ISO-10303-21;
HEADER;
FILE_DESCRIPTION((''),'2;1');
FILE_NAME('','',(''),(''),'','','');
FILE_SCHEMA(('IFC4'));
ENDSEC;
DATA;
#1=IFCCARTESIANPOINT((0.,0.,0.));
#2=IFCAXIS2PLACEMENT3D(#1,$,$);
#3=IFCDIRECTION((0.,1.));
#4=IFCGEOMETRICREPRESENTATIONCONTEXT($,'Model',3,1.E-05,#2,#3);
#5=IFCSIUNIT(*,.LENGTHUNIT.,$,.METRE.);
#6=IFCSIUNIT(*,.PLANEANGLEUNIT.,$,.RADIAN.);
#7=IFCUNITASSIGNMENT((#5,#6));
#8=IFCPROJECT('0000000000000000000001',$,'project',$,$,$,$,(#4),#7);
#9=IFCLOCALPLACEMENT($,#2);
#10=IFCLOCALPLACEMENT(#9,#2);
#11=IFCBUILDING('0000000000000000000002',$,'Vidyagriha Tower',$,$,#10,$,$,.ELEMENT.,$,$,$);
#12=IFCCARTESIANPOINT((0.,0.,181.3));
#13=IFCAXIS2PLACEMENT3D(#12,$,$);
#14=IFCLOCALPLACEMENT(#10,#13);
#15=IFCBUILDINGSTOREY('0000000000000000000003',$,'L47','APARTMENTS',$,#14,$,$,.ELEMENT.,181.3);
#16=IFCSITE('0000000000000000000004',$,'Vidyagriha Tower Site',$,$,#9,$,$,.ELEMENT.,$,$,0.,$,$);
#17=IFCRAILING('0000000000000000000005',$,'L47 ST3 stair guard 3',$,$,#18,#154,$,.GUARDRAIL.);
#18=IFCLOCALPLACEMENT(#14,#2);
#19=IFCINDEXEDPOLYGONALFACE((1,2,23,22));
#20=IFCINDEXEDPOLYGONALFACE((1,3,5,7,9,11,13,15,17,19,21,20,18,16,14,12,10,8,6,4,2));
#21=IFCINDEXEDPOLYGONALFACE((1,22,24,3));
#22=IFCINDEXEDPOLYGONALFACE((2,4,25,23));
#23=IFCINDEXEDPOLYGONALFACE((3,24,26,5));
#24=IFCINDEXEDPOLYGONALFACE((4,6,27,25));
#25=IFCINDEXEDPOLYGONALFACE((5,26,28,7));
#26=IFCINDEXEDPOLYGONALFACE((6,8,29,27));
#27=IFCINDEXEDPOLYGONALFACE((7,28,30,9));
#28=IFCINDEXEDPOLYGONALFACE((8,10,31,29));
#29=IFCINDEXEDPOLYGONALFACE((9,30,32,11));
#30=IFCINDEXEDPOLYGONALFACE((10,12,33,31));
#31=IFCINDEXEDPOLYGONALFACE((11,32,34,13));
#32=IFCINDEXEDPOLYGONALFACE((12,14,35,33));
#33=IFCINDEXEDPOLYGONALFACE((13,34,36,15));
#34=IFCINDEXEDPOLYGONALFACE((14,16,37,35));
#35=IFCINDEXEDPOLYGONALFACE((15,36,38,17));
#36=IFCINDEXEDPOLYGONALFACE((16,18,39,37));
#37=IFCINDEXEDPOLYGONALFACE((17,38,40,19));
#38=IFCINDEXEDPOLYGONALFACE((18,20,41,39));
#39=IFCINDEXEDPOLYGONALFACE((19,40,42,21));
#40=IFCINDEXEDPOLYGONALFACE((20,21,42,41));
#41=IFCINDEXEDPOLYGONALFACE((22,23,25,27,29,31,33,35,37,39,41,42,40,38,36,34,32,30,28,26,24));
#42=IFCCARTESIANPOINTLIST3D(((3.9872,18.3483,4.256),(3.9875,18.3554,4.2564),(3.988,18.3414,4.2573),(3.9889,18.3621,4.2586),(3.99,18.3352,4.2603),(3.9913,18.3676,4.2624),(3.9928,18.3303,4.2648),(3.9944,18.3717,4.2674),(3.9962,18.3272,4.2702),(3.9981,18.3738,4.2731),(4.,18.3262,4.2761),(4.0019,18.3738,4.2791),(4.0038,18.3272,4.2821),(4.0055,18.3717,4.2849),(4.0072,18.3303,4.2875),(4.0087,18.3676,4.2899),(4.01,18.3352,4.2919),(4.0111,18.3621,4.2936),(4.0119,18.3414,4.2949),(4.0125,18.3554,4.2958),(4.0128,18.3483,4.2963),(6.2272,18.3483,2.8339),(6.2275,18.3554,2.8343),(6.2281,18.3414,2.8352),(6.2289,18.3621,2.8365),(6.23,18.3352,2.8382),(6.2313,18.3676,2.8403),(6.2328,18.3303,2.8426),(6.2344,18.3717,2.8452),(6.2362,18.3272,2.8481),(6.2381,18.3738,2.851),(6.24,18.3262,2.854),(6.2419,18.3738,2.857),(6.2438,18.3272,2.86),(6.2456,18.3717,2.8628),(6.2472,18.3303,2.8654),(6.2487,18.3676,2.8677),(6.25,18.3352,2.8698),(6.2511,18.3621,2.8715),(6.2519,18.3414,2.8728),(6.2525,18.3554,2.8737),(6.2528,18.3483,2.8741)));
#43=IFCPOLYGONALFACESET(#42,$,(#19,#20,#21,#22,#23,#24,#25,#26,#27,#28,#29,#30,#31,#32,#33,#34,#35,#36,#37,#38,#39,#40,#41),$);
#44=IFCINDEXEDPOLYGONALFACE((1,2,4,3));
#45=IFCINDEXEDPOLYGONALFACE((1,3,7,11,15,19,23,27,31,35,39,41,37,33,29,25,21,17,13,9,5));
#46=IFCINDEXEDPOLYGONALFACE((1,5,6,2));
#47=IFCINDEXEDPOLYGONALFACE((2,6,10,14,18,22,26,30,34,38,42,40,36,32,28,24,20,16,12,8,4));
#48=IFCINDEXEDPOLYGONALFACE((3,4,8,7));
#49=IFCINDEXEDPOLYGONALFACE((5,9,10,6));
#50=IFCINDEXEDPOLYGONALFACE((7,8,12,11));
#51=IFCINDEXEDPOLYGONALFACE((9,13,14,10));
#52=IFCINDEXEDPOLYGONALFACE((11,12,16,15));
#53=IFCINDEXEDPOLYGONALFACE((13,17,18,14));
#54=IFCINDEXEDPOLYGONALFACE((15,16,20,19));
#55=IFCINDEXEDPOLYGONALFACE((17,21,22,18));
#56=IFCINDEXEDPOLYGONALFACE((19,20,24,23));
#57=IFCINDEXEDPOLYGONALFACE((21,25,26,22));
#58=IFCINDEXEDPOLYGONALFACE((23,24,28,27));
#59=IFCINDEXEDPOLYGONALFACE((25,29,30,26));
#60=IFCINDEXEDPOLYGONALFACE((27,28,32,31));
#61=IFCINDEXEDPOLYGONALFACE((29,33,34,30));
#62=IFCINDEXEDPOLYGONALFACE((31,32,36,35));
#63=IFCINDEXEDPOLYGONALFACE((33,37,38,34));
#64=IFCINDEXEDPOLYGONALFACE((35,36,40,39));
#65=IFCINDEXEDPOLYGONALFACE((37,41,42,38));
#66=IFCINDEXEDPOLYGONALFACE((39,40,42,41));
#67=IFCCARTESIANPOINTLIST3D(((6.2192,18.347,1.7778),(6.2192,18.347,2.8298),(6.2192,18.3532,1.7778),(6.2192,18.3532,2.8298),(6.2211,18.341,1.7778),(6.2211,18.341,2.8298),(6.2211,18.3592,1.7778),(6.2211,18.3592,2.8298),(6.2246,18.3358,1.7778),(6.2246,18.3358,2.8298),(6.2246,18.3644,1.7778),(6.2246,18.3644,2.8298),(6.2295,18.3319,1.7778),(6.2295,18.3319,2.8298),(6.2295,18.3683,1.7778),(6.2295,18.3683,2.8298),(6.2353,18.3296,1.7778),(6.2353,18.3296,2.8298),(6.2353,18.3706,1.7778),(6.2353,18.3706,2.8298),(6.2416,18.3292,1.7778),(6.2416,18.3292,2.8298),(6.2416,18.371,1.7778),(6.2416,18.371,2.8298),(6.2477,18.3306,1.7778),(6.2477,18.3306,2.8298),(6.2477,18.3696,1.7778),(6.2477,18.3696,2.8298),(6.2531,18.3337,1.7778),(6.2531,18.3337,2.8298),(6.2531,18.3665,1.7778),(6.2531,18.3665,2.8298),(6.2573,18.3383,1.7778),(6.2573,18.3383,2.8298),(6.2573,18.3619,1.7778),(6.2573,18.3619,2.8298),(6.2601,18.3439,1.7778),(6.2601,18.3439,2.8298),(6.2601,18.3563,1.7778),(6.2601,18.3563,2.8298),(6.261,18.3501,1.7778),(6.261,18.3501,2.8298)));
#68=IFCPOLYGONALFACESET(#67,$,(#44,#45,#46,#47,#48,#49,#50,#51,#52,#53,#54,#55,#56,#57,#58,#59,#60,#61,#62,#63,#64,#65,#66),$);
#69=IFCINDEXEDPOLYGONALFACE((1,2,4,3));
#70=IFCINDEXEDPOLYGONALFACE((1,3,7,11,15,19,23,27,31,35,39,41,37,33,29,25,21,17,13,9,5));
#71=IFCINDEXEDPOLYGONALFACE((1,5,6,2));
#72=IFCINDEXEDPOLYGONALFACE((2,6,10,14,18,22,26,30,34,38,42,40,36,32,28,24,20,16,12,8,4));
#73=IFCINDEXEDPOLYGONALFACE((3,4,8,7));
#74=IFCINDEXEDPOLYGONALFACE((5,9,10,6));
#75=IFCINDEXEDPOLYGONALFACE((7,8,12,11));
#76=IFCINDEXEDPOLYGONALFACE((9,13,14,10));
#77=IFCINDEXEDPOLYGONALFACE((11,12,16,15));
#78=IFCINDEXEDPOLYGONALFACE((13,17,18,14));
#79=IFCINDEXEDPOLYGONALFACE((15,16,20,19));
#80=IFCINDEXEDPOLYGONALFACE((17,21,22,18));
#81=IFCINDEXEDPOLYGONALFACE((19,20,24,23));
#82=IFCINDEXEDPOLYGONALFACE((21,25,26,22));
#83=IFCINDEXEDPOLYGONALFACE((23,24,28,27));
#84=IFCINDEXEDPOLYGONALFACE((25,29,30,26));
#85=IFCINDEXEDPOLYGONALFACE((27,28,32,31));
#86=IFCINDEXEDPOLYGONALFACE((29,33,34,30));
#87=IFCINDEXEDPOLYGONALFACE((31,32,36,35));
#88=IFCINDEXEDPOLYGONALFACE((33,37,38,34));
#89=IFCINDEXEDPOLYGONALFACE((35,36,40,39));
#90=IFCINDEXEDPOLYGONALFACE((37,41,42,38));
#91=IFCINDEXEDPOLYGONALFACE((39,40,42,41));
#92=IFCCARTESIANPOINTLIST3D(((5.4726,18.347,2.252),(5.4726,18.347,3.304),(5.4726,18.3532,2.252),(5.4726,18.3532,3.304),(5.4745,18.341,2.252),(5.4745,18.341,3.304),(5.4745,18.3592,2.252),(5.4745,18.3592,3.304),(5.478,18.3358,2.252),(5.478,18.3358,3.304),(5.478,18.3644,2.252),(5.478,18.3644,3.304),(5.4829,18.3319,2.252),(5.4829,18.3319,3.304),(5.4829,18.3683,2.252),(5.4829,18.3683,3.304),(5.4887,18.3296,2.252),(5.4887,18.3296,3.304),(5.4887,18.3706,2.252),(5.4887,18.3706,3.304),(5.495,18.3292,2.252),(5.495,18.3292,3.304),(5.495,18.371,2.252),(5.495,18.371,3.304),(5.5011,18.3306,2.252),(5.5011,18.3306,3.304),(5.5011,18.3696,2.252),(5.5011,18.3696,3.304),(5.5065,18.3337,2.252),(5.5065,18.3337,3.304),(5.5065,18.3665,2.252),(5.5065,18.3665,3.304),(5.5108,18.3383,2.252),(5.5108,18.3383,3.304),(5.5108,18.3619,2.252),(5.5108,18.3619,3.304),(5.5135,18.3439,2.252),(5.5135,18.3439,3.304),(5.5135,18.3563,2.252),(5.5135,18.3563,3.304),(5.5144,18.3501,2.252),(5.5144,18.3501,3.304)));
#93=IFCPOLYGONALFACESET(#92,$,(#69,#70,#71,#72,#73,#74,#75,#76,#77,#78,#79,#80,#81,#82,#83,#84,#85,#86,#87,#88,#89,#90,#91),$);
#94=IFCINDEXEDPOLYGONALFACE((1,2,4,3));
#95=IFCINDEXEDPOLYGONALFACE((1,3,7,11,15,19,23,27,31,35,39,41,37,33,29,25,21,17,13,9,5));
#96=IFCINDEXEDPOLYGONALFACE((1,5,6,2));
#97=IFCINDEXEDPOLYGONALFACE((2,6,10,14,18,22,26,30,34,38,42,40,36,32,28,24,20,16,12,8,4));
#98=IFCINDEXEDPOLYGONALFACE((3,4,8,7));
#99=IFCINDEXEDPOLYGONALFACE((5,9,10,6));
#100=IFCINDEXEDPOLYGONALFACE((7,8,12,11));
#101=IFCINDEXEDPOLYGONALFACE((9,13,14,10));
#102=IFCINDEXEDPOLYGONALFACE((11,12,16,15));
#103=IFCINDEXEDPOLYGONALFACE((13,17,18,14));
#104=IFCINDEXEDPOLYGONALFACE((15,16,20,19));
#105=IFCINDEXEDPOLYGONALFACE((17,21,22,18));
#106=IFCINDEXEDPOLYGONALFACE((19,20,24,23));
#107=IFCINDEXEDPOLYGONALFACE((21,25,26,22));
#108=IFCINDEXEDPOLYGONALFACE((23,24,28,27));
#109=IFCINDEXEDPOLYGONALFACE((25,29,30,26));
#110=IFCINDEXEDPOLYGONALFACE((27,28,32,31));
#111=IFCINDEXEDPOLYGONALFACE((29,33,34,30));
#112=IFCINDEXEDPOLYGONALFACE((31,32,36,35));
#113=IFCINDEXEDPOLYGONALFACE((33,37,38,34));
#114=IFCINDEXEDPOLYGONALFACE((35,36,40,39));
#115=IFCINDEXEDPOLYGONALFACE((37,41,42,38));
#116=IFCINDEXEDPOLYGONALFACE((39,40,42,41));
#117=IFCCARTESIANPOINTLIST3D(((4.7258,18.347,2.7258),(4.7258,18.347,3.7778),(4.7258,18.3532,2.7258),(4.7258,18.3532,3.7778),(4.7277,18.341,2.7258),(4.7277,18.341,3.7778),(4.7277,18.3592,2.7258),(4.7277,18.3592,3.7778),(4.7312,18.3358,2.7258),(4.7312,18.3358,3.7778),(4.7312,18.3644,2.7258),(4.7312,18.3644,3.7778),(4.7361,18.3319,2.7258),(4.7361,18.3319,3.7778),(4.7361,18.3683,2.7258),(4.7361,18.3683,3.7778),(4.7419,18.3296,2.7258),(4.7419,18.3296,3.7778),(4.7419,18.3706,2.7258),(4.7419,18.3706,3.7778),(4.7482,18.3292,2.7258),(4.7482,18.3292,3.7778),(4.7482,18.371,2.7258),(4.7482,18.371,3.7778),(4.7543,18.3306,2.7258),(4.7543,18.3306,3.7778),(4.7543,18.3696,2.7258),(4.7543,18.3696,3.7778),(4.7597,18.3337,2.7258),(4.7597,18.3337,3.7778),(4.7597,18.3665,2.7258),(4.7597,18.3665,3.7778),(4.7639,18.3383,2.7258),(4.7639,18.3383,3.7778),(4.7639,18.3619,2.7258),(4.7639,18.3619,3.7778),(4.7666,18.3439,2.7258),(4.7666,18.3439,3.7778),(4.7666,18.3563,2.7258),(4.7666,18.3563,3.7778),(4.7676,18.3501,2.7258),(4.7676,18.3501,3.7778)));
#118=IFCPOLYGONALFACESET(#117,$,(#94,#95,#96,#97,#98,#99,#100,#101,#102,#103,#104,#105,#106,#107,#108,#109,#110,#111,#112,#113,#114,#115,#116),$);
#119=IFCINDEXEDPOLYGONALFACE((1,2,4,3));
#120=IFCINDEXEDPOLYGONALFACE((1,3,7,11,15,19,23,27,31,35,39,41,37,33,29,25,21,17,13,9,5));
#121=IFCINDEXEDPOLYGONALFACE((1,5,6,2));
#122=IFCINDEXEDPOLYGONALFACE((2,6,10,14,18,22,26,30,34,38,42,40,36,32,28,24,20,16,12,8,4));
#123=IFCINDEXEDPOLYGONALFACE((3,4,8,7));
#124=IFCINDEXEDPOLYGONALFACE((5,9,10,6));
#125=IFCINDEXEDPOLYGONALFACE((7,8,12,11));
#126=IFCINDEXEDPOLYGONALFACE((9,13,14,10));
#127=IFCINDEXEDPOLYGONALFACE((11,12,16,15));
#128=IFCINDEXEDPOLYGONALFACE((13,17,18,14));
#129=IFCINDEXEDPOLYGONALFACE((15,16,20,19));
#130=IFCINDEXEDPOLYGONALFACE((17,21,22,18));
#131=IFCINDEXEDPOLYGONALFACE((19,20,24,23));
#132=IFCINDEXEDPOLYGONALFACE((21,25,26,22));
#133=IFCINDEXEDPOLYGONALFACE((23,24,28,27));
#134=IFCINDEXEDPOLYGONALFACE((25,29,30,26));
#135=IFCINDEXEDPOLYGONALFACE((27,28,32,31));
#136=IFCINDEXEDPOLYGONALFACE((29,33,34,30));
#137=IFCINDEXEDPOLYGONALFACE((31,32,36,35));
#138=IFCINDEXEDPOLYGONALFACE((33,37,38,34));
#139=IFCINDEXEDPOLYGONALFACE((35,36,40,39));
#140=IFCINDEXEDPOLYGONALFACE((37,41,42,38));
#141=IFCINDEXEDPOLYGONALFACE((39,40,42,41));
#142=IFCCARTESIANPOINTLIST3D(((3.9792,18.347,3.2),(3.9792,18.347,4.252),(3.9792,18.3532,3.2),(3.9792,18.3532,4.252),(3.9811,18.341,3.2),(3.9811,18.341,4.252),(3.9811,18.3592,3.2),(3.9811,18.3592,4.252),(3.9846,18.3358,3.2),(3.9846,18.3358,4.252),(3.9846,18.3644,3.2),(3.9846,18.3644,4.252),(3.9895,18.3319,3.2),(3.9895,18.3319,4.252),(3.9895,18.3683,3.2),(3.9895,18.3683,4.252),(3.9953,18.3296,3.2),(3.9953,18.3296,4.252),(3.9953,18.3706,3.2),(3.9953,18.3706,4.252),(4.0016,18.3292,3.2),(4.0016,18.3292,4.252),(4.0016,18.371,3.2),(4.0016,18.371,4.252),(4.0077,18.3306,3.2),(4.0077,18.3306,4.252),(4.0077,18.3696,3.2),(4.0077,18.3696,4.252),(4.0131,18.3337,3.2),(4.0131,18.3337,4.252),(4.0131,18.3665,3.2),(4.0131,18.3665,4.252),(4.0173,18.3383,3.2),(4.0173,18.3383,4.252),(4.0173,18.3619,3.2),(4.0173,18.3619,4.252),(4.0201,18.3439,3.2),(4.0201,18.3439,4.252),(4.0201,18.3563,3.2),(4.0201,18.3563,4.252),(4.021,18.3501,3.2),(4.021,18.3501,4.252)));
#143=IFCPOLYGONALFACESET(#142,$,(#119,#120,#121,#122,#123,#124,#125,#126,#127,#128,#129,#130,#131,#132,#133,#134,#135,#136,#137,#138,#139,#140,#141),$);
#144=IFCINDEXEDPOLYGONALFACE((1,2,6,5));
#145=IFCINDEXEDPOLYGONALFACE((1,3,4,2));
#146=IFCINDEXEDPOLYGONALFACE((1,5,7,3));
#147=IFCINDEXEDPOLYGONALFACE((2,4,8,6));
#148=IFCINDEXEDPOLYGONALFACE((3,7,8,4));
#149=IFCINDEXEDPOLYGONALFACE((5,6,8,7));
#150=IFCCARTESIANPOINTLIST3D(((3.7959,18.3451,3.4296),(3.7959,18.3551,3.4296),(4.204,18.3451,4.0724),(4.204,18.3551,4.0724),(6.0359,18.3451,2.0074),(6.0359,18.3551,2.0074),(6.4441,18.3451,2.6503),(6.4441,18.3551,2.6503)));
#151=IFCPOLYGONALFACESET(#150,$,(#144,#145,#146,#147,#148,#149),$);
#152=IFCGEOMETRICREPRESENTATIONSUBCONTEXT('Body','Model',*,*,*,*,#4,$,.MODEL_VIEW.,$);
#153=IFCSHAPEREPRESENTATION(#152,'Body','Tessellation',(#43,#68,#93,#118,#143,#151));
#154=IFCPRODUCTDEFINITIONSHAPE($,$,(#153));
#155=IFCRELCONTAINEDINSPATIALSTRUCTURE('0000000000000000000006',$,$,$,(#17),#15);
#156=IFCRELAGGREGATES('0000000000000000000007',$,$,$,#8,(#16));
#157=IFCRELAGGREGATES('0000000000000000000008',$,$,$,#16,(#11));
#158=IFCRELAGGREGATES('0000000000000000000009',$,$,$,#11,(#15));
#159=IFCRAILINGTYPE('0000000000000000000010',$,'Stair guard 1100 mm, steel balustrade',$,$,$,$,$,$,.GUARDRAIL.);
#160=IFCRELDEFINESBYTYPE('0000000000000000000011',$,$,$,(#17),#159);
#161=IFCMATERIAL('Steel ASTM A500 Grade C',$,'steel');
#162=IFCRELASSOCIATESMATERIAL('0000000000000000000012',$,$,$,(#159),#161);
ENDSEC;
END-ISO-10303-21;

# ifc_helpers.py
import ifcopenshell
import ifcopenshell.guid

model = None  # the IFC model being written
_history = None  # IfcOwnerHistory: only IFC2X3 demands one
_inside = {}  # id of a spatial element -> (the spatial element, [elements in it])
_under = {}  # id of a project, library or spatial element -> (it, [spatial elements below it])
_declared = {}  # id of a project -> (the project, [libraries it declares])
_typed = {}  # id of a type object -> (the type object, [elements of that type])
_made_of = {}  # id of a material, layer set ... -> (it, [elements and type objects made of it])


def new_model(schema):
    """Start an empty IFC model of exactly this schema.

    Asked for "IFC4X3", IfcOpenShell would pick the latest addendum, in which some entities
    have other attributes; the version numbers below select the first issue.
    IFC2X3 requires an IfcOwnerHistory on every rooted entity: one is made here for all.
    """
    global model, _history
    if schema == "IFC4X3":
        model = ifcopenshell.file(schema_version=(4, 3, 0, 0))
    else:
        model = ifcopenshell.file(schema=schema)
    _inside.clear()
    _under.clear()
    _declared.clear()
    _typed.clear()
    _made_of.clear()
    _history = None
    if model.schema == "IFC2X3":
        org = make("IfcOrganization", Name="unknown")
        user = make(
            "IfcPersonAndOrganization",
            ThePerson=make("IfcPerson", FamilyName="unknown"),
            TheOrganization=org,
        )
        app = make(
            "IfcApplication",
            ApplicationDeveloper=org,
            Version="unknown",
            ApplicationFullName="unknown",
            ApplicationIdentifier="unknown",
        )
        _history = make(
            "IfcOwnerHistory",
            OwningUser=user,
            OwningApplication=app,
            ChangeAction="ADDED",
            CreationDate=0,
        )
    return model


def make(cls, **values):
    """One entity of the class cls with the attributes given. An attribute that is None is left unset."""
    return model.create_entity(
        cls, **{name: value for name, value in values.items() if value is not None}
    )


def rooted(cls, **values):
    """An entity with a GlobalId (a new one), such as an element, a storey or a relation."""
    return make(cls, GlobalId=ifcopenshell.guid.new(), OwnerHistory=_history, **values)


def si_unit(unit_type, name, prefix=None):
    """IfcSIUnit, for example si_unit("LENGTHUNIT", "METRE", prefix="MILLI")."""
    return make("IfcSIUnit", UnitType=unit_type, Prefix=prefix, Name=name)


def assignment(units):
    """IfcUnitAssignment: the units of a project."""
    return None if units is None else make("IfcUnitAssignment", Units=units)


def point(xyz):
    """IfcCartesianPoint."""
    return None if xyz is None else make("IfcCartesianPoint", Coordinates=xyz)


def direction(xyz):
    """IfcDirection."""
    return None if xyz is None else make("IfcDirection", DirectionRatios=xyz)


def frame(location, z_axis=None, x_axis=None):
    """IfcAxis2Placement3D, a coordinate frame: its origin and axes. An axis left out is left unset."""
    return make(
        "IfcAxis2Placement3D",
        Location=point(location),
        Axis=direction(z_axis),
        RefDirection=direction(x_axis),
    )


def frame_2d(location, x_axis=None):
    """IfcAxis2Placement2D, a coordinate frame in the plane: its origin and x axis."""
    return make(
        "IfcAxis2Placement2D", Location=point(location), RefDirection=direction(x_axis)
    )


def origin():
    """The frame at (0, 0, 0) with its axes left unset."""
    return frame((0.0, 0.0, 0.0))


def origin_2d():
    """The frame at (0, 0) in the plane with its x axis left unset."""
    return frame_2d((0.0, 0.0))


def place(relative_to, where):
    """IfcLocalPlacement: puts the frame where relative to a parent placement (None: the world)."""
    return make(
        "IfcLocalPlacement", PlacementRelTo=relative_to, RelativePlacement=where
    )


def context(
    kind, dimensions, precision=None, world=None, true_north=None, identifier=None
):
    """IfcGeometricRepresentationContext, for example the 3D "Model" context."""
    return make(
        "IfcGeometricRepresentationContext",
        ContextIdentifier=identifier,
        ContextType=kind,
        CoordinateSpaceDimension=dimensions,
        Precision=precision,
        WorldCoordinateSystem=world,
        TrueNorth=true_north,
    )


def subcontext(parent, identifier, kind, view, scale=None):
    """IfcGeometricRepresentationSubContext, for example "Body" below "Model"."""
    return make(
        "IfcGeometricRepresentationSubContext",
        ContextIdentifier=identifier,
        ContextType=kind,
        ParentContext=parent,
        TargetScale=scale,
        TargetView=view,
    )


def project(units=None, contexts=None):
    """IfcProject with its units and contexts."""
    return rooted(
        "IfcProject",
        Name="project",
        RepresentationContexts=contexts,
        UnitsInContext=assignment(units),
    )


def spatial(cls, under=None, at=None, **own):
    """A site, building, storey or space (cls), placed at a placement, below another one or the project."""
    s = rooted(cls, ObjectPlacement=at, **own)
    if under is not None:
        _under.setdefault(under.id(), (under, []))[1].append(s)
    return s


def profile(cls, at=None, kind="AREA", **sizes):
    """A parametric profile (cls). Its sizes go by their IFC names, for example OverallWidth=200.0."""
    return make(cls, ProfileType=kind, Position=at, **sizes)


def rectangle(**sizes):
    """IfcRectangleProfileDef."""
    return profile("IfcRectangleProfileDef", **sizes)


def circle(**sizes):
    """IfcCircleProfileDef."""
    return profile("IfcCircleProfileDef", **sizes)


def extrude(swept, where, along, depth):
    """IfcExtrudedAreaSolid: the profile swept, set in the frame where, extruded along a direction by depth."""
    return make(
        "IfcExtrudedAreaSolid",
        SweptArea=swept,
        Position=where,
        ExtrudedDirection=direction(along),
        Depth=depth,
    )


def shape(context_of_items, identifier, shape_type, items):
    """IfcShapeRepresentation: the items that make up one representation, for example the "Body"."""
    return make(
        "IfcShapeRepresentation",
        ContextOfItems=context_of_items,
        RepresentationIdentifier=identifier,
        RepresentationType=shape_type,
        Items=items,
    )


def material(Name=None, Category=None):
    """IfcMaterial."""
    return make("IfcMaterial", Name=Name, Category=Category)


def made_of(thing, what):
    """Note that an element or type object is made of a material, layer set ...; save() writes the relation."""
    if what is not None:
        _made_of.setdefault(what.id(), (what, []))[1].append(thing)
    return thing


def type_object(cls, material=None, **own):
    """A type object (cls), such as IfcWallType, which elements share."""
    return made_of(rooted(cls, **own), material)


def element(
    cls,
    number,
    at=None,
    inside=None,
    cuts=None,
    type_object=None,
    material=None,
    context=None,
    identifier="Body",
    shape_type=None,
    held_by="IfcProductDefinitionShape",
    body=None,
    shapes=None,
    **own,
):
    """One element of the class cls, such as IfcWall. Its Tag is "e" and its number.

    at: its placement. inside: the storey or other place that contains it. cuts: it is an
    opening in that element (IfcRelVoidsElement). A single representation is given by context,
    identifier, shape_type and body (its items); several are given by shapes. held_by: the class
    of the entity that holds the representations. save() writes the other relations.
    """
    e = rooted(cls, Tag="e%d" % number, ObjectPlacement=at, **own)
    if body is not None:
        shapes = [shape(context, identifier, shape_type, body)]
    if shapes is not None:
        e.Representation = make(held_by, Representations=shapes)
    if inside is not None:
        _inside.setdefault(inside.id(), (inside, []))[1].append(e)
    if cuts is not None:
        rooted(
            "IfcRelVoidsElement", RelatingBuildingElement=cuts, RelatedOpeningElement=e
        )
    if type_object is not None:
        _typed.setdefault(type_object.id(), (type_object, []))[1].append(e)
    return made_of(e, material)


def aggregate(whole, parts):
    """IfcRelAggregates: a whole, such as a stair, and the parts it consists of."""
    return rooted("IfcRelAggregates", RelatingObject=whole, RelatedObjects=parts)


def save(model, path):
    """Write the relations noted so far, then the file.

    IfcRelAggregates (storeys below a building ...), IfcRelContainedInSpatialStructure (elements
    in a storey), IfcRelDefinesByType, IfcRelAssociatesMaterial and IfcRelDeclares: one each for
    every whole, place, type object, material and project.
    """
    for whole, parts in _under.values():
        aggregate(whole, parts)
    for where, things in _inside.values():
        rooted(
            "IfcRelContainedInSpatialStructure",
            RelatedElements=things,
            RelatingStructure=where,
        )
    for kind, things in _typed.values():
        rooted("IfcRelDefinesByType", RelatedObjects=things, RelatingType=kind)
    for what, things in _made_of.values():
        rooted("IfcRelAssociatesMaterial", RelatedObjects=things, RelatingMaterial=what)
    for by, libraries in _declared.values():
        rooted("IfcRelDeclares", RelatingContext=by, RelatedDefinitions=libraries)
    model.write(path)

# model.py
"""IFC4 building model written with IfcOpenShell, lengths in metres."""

from ifc_helpers import new_model, si_unit, direction, frame, origin, origin_2d, place, context, subcontext, project, spatial, rectangle, circle, extrude, material, type_object, element, save


model = new_model("IFC4")

# Units and contexts
model_context = context("Model", 3, precision=1e-05, world=origin(), true_north=direction((0.0, 1.0)))
body_context = subcontext(model_context, "Body", "Model", "MODEL_VIEW")
ifc_project = project(units=[si_unit("LENGTHUNIT", "METRE"), si_unit("PLANEANGLEUNIT", "RADIAN")], contexts=[model_context])

# Site, building, storey
site_placement = place(None, origin())
site = spatial("IfcSite", under=ifc_project, at=site_placement, Name="Vidyagriha Tower Site", CompositionType="ELEMENT", RefElevation=0.0)
building_placement = place(site_placement, origin())
building = spatial("IfcBuilding", under=site, at=building_placement, Name="Vidyagriha Tower", CompositionType="ELEMENT")
storey_placement = place(building_placement, frame((0.0, 0.0, 181.3)))
storey = spatial("IfcBuildingStorey", under=building, at=storey_placement, Name="L47", Description="APARTMENTS", CompositionType="ELEMENT", Elevation=181.3)

# Railing
ifc_material_1 = material(Name="Steel ASTM A500 Grade C", Category="steel")
railing_type_1 = type_object("IfcRailingType", Name="Stair guard 1100 mm, steel balustrade", PredefinedType="GUARDRAIL", material=ifc_material_1)
railing_1_placement = place(storey_placement, frame((6.24, 18.3501, 1.7778)))
element("IfcRailing", 1, at=railing_1_placement, inside=storey, type_object=railing_type_1, Name="L47 ST3 stair guard 3", PredefinedType="GUARDRAIL", context=body_context, shape_type="SweptSolid", body=[
    extrude(circle(Radius=0.0239, at=origin_2d()), frame((0.0, 0.0, 1.0762), z_axis=(-0.844229, 0.0, 0.535982), x_axis=(0.0, -1.0, 0.0)), (0.0, 0.0, 1.0), 2.6533),
    extrude(circle(Radius=0.021, at=origin_2d()), origin(), (0.0, 0.0, 1.0), 1.052),
    extrude(circle(Radius=0.021, at=origin_2d()), frame((-0.7466, 0.0, 0.4741)), (0.0, 0.0, 1.0), 1.052),
    extrude(circle(Radius=0.021, at=origin_2d()), frame((-1.4934, 0.0, 0.948)), (0.0, 0.0, 1.0), 1.052),
    extrude(circle(Radius=0.021, at=origin_2d()), frame((-2.24, 0.0, 1.4221)), (0.0, 0.0, 1.0), 1.052),
    extrude(rectangle(XDim=0.01, YDim=0.7615, at=origin_2d()), frame((0.0, 0.0, 0.551), z_axis=(-0.844229, 0.0, 0.535982), x_axis=(0.0, -1.0, 0.0)), (0.0, 0.0, 1.0), 2.6533),
])

save(model, "model.ifc")
